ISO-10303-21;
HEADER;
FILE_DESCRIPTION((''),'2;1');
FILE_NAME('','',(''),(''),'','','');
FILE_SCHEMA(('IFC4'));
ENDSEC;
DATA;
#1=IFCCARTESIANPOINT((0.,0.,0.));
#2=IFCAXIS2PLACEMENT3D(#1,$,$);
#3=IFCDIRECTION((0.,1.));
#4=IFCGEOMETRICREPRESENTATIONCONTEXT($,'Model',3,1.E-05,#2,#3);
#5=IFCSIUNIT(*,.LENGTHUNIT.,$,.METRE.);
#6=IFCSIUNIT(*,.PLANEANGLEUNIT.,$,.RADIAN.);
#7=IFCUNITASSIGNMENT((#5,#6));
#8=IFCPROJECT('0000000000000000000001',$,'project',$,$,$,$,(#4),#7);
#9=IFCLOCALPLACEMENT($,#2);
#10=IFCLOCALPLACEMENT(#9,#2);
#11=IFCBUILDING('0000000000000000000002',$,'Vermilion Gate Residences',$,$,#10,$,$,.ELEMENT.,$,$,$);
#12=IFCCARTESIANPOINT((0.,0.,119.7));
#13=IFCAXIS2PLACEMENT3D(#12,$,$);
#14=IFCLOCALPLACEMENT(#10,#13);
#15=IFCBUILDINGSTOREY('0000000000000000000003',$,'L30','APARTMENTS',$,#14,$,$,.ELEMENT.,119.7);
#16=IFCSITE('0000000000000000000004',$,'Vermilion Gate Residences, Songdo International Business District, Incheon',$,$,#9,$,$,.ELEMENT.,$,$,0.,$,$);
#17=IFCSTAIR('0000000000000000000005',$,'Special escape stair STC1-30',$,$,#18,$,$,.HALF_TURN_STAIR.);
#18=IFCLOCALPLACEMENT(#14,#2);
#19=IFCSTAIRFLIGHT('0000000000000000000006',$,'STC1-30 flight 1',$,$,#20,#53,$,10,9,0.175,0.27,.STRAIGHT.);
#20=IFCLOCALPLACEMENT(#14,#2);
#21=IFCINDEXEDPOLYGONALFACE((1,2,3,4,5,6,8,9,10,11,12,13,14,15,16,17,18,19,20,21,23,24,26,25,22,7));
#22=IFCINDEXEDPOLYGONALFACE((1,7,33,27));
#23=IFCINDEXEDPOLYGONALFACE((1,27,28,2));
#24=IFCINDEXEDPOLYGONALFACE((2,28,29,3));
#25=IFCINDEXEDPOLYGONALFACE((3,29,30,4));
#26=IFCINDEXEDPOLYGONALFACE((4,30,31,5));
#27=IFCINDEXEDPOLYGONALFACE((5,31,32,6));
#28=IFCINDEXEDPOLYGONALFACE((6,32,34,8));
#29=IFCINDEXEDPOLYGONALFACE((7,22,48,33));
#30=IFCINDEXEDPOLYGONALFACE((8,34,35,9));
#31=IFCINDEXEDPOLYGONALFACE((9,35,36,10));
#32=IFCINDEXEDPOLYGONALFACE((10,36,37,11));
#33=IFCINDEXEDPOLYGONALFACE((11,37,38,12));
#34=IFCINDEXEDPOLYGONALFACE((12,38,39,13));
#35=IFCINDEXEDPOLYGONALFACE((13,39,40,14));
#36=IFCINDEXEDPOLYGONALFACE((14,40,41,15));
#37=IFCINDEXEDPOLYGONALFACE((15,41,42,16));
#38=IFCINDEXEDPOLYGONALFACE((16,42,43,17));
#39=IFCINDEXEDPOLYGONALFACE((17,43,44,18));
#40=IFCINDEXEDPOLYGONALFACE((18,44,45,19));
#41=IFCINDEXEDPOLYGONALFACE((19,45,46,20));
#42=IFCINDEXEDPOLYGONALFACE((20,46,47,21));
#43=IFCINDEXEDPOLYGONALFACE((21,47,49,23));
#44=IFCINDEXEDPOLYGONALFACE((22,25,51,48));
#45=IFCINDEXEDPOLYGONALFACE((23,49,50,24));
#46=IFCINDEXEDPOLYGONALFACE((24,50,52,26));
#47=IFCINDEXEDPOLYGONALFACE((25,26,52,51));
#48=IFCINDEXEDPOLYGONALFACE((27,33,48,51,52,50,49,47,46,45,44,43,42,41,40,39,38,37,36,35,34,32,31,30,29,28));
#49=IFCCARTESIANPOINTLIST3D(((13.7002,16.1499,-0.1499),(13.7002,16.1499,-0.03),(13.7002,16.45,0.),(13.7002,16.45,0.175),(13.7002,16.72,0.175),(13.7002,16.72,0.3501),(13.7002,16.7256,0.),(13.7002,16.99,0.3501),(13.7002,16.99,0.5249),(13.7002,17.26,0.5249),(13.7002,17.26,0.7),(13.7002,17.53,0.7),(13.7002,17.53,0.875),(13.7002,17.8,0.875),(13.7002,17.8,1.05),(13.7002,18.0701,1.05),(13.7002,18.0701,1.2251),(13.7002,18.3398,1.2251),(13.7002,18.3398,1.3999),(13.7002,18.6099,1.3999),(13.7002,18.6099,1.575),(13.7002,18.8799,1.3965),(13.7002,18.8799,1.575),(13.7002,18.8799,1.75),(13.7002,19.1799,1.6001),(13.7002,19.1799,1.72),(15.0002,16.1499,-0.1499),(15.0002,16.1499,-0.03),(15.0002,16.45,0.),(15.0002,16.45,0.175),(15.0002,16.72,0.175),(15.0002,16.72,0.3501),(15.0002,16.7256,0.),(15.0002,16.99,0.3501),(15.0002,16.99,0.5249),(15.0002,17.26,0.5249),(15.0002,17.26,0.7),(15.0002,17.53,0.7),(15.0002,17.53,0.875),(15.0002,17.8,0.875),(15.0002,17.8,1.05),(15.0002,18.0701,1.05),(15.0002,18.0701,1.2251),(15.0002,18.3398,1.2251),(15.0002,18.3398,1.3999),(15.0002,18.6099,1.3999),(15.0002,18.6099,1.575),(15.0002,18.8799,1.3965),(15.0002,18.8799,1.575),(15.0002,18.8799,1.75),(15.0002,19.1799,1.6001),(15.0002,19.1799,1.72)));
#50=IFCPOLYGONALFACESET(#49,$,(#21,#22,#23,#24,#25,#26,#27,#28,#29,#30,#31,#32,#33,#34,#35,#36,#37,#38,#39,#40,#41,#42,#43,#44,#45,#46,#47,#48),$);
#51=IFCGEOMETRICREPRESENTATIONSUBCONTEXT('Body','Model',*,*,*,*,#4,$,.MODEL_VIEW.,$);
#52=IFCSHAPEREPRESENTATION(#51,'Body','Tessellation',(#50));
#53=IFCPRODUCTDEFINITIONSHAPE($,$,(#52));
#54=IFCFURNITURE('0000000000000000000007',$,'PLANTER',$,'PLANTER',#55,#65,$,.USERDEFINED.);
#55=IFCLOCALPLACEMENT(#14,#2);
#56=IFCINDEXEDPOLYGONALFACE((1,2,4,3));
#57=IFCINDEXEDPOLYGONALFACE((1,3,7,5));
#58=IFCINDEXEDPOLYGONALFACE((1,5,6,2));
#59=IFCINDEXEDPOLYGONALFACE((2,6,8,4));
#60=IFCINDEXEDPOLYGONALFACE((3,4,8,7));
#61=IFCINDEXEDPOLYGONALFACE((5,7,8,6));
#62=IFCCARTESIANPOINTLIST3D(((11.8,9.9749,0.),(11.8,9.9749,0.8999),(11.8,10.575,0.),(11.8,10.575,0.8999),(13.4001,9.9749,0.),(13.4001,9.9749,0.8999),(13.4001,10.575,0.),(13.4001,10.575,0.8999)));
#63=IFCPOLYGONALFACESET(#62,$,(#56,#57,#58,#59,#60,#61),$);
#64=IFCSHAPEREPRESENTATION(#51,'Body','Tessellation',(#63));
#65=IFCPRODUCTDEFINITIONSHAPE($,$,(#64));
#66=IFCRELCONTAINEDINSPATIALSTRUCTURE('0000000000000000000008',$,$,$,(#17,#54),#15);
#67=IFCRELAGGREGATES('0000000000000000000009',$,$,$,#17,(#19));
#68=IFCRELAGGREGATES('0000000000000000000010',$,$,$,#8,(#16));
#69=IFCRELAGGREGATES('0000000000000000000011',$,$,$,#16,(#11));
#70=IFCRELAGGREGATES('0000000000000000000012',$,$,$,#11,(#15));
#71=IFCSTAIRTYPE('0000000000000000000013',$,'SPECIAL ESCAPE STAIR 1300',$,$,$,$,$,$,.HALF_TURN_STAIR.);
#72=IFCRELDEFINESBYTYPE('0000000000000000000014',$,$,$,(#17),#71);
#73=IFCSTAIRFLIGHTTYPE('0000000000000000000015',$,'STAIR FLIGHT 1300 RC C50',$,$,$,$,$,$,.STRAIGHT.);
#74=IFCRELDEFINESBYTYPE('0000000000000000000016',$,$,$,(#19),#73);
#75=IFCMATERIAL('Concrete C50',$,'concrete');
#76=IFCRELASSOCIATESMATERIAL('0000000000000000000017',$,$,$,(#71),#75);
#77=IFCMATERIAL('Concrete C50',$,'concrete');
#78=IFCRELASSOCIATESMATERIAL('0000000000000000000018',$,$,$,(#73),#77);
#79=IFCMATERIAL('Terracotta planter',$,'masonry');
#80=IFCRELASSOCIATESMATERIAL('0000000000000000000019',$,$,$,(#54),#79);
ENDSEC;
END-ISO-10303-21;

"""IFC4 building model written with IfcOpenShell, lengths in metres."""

from ifc_helpers import new_model, si_unit, direction, frame, origin, origin_2d, place, context, subcontext, project, spatial, polyline, rectangle, outline, extrude, material, type_object, element, aggregate, save


model = new_model("IFC4")

# Units and contexts
model_context = context("Model", 3, precision=1e-05, world=origin(), true_north=direction((0.0, 1.0)))
body_context = subcontext(model_context, "Body", "Model", "MODEL_VIEW")
ifc_project = project(units=[si_unit("LENGTHUNIT", "METRE"), si_unit("PLANEANGLEUNIT", "RADIAN")], contexts=[model_context])

# Site, building, storey
site_placement = place(None, origin())
site = spatial("IfcSite", under=ifc_project, at=site_placement, Name="Vermilion Gate Residences, Songdo International Business District, Incheon", CompositionType="ELEMENT", RefElevation=0.0)
building_placement = place(site_placement, origin())
building = spatial("IfcBuilding", under=site, at=building_placement, Name="Vermilion Gate Residences", CompositionType="ELEMENT")
storey_placement = place(building_placement, frame((0.0, 0.0, 119.7)))
storey = spatial("IfcBuildingStorey", under=building, at=storey_placement, Name="L30", Description="APARTMENTS", CompositionType="ELEMENT", Elevation=119.7)

# Stair, stair flight
ifc_material_1 = material(Name="Concrete C50", Category="concrete")
stair_type = type_object("IfcStairType", Name="SPECIAL ESCAPE STAIR 1300", PredefinedType="HALF_TURN_STAIR", material=ifc_material_1)
stair_placement = place(storey_placement, origin())
stair = element("IfcStair", 1, at=stair_placement, inside=storey, type_object=stair_type, Name="Special escape stair STC1-30", PredefinedType="HALF_TURN_STAIR")
ifc_material_2 = material(Name="Concrete C50", Category="concrete")
stair_flight_type = type_object("IfcStairFlightType", Name="STAIR FLIGHT 1300 RC C50", PredefinedType="STRAIGHT", material=ifc_material_2)
stair_flight_placement = place(storey_placement, frame((14.3501, 16.45, 0.0), z_axis=(0.0, 0.0, 1.0), x_axis=(0.0, 1.0, 0.0)))
stair_flight = element("IfcStairFlight", 2, at=stair_flight_placement, type_object=stair_flight_type, Name="STC1-30 flight 1", NumberOfRisers=10, NumberOfTreads=9, PredefinedType="STRAIGHT", RiserHeight=0.175, TreadLength=0.27, context=body_context, shape_type="SweptSolid", body=[
    extrude(outline(polyline([(-0.3, -0.1499), (-0.3, -0.03), (0.0, 0.0), (0.0, 0.175), (0.27, 0.175), (0.27, 0.3501), (0.54, 0.3501), (0.54, 0.5249), (0.8101, 0.5249), (0.8101, 0.7), (1.0801, 0.7), (1.0801, 0.875), (1.3501, 0.875), (1.3501, 1.05), (1.6201, 1.05), (1.6201, 1.2251), (1.8899, 1.2251), (1.8899, 1.3999), (2.1599, 1.3999), (2.1599, 1.575), (2.4299, 1.575), (2.4299, 1.75), (2.73, 1.72), (2.73, 1.6001), (2.4299, 1.3965), (0.2756, 0.0), (-0.3, -0.1499)])), frame((0.0, 0.6499, 0.0), z_axis=(0.0, -1.0, 0.0), x_axis=(1.0, 0.0, 0.0)), (0.0, 0.0, 1.0), 1.3),
])
aggregate(stair, [stair_flight])

# Furniture
ifc_material_3 = material(Name="Terracotta planter", Category="masonry")
furniture_placement = place(storey_placement, frame((12.6001, 10.2749, 0.0), z_axis=(0.0, 0.0, 1.0), x_axis=(1.0, 0.0, 0.0)))
element("IfcFurniture", 3, at=furniture_placement, inside=storey, material=ifc_material_3, Name="PLANTER", ObjectType="PLANTER", PredefinedType="USERDEFINED", context=body_context, shape_type="SweptSolid", body=[
    extrude(rectangle(XDim=1.6001, YDim=0.6001, at=origin_2d()), origin(), (0.0, 0.0, 1.0), 0.8999),
])

save(model, "model.ifc")
